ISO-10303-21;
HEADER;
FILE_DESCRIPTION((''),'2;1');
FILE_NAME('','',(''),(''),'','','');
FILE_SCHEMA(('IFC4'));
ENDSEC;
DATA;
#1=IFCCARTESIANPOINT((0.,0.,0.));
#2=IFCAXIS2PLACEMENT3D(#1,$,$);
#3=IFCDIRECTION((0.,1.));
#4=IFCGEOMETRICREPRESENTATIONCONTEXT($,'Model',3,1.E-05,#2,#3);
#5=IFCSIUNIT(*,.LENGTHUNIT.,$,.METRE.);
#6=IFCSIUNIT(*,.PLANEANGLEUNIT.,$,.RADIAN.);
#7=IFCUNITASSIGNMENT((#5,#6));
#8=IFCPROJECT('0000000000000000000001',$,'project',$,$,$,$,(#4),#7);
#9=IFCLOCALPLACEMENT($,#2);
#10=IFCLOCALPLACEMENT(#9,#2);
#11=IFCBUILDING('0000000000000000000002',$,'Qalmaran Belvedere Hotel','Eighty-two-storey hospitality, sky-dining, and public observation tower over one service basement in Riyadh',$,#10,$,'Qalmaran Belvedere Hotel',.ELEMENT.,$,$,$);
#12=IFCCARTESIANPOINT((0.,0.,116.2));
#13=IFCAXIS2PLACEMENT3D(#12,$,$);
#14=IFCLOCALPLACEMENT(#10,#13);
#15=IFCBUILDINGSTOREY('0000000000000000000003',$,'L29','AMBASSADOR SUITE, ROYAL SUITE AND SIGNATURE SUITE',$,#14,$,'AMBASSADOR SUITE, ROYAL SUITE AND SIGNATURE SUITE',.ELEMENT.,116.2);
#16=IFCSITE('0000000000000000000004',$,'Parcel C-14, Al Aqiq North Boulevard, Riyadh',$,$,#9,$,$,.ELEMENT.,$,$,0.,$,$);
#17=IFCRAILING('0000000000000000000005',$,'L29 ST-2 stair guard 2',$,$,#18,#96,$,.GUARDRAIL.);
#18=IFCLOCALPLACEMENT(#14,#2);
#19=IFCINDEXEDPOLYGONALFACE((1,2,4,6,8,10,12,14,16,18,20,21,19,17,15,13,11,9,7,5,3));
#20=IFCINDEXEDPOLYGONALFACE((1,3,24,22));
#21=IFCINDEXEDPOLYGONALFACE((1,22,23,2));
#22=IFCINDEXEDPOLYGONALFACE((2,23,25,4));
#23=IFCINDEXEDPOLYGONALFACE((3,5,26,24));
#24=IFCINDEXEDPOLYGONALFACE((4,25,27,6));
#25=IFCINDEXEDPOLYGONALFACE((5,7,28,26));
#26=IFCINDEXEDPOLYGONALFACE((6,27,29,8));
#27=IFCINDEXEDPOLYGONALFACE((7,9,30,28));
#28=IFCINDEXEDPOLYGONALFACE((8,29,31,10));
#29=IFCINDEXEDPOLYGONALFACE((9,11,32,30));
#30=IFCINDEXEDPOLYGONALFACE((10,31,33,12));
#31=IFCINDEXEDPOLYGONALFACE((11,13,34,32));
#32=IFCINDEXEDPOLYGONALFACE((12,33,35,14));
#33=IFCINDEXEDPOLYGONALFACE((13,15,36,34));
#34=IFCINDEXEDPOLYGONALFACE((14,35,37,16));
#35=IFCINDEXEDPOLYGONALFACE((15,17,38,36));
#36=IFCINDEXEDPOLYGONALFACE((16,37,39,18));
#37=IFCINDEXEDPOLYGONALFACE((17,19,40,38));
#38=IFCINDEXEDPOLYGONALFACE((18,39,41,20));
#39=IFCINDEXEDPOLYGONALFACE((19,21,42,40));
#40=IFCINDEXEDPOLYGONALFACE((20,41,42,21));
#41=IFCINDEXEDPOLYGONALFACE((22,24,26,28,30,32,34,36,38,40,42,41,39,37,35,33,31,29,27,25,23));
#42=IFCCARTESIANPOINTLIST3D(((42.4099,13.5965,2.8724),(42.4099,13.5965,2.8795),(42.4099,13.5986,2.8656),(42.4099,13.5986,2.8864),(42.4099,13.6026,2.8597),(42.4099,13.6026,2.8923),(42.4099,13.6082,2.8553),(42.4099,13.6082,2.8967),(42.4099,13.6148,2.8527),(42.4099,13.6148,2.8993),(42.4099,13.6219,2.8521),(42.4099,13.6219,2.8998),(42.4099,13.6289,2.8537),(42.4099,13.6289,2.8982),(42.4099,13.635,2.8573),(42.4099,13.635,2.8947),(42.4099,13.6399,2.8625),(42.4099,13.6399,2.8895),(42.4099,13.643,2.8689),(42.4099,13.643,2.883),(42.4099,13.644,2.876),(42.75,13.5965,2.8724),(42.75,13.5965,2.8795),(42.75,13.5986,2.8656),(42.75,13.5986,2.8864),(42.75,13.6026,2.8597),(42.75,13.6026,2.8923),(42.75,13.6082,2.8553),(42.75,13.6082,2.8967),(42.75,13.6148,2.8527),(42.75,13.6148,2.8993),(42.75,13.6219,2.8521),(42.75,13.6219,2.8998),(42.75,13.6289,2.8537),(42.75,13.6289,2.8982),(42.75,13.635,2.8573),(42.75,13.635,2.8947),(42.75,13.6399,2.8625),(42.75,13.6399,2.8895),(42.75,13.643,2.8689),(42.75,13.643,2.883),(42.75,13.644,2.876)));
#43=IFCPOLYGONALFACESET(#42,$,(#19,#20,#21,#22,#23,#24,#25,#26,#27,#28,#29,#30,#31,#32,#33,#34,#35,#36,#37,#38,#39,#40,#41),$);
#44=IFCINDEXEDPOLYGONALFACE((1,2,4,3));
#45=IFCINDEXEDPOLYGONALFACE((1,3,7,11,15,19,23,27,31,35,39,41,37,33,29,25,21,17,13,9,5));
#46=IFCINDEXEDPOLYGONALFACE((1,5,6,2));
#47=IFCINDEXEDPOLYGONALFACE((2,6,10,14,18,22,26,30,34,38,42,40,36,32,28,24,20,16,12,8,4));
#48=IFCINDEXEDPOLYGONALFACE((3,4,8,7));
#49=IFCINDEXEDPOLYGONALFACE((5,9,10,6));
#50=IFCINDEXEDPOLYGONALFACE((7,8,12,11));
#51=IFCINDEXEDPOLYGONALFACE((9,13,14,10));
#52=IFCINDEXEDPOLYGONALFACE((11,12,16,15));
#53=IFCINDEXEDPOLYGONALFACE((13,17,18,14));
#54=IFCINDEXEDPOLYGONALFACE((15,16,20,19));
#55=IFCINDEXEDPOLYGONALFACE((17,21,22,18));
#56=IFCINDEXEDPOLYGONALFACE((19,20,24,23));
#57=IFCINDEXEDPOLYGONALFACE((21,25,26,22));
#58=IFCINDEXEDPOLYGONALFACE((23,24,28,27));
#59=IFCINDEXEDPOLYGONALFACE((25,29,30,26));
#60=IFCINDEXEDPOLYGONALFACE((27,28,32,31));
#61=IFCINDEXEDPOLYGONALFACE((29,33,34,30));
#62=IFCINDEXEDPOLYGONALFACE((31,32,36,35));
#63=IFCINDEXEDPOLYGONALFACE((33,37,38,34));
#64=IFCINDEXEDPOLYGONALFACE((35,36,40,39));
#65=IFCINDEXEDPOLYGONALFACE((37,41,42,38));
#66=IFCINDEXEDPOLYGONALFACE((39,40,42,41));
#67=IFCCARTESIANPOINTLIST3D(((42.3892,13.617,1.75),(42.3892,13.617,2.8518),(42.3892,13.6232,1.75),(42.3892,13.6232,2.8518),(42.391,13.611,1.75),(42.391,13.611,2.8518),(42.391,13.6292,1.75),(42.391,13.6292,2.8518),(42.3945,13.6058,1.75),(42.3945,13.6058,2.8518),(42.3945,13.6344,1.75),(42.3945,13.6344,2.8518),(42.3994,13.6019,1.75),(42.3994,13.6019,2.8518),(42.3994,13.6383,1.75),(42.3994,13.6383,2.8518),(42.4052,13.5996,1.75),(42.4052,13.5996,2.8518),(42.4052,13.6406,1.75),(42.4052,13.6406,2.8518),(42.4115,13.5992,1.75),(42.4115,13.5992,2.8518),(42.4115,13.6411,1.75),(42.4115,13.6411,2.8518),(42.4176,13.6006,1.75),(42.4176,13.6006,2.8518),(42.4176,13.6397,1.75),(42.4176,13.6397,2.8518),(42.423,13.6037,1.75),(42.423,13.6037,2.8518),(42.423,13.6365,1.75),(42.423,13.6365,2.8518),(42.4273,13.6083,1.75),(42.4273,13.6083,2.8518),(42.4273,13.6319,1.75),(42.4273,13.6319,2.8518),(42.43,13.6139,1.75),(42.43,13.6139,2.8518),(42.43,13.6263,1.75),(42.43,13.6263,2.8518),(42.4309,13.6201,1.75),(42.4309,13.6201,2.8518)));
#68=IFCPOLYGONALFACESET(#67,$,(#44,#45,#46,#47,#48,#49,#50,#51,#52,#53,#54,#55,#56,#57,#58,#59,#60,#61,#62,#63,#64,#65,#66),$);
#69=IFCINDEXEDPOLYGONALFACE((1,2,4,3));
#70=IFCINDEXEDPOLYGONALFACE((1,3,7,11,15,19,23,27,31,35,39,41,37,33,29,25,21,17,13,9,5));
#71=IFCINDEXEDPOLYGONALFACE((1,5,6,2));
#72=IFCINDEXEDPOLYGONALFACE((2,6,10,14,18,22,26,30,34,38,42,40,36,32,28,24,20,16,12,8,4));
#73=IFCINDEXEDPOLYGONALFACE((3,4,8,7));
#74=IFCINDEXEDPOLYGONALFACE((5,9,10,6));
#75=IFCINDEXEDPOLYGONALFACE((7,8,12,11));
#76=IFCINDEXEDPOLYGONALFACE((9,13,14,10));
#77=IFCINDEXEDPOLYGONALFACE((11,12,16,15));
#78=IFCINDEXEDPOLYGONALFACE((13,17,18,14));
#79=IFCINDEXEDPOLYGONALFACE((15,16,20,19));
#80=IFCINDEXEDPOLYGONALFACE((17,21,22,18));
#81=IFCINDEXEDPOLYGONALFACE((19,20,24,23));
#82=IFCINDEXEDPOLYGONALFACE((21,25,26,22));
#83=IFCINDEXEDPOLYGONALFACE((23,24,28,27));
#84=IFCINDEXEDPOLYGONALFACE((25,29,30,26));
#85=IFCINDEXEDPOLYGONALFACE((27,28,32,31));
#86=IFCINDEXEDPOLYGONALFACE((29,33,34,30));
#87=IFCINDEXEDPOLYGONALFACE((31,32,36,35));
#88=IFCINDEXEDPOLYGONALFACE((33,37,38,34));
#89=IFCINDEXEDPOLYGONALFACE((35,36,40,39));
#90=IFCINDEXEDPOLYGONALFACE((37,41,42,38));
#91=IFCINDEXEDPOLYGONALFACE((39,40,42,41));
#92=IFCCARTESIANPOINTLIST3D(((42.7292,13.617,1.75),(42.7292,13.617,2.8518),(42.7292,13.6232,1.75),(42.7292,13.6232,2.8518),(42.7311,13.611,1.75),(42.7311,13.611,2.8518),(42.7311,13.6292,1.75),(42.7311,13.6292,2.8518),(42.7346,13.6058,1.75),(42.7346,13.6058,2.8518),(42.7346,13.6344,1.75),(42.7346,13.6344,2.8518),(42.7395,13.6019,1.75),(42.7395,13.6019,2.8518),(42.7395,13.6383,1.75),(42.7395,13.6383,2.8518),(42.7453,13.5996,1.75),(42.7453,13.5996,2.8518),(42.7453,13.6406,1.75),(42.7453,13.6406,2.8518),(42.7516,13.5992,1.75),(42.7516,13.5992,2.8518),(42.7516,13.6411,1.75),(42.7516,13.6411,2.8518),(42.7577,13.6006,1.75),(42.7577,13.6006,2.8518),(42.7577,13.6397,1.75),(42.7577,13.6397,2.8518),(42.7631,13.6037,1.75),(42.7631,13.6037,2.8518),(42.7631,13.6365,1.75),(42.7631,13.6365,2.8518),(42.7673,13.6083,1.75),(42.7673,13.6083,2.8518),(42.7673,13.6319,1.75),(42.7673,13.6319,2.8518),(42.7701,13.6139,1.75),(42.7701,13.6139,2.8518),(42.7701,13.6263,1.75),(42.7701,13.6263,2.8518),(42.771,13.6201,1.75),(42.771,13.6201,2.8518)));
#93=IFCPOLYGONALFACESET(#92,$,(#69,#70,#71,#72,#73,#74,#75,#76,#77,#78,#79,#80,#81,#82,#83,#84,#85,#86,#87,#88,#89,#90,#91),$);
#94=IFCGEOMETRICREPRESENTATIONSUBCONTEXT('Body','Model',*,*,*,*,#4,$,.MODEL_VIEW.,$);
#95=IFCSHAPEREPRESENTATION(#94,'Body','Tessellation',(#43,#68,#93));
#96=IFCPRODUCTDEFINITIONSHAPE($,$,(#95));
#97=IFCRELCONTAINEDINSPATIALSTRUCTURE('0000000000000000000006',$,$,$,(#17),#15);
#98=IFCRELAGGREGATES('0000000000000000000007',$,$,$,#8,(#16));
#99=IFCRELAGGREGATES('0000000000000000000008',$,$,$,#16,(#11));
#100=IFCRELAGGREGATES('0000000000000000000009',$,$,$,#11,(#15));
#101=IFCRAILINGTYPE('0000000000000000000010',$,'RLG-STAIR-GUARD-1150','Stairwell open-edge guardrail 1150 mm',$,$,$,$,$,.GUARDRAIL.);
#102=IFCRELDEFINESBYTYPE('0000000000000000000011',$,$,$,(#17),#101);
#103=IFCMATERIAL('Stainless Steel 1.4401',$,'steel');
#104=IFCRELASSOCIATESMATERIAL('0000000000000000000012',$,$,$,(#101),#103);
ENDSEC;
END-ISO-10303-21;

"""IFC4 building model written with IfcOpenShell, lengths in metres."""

from ifc_helpers import new_model, si_unit, direction, frame, origin, origin_2d, place, context, subcontext, project, spatial, circle, extrude, material, type_object, element, save


model = new_model("IFC4")

# Units and contexts
model_context = context("Model", 3, precision=1e-05, world=origin(), true_north=direction((0.0, 1.0)))
body_context = subcontext(model_context, "Body", "Model", "MODEL_VIEW")
ifc_project = project(units=[si_unit("LENGTHUNIT", "METRE"), si_unit("PLANEANGLEUNIT", "RADIAN")], contexts=[model_context])

# Site, building, storey
site_placement = place(None, origin())
site = spatial("IfcSite", under=ifc_project, at=site_placement, Name="Parcel C-14, Al Aqiq North Boulevard, Riyadh", CompositionType="ELEMENT", RefElevation=0.0)
building_placement = place(site_placement, origin())
building = spatial("IfcBuilding", under=site, at=building_placement, Name="Qalmaran Belvedere Hotel", Description="Eighty-two-storey hospitality, sky-dining, and public observation tower over one service basement in Riyadh", LongName="Qalmaran Belvedere Hotel", CompositionType="ELEMENT")
storey_placement = place(building_placement, frame((0.0, 0.0, 116.2)))
storey = spatial("IfcBuildingStorey", under=building, at=storey_placement, Name="L29", Description="AMBASSADOR SUITE, ROYAL SUITE AND SIGNATURE SUITE", LongName="AMBASSADOR SUITE, ROYAL SUITE AND SIGNATURE SUITE", CompositionType="ELEMENT", Elevation=116.2)

# Shared definitions
ifc_material_1 = material(Name="Stainless Steel 1.4401", Category="steel")

# Railing
railing_type_1 = type_object("IfcRailingType", Name="RLG-STAIR-GUARD-1150", Description="Stairwell open-edge guardrail 1150 mm", PredefinedType="GUARDRAIL", material=ifc_material_1)
railing_1_placement = place(storey_placement, frame((42.4099, 13.6201, 1.75)))
element("IfcRailing", 1, at=railing_1_placement, inside=storey, type_object=railing_type_1, Name="L29 ST-2 stair guard 2", PredefinedType="GUARDRAIL", context=body_context, shape_type="SweptSolid", body=[
    extrude(circle(Radius=0.0239, at=origin_2d()), frame((0.0, 0.0, 1.126), z_axis=(1.0, 0.0, 0.0), x_axis=(0.0, 1.0, 0.0)), (0.0, 0.0, 1.0), 0.3401),
    extrude(circle(Radius=0.021, at=origin_2d()), origin(), (0.0, 0.0, 1.0), 1.1018),
    extrude(circle(Radius=0.021, at=origin_2d()), frame((0.3401, 0.0, 0.0)), (0.0, 0.0, 1.0), 1.1018),
])

save(model, "model.ifc")
